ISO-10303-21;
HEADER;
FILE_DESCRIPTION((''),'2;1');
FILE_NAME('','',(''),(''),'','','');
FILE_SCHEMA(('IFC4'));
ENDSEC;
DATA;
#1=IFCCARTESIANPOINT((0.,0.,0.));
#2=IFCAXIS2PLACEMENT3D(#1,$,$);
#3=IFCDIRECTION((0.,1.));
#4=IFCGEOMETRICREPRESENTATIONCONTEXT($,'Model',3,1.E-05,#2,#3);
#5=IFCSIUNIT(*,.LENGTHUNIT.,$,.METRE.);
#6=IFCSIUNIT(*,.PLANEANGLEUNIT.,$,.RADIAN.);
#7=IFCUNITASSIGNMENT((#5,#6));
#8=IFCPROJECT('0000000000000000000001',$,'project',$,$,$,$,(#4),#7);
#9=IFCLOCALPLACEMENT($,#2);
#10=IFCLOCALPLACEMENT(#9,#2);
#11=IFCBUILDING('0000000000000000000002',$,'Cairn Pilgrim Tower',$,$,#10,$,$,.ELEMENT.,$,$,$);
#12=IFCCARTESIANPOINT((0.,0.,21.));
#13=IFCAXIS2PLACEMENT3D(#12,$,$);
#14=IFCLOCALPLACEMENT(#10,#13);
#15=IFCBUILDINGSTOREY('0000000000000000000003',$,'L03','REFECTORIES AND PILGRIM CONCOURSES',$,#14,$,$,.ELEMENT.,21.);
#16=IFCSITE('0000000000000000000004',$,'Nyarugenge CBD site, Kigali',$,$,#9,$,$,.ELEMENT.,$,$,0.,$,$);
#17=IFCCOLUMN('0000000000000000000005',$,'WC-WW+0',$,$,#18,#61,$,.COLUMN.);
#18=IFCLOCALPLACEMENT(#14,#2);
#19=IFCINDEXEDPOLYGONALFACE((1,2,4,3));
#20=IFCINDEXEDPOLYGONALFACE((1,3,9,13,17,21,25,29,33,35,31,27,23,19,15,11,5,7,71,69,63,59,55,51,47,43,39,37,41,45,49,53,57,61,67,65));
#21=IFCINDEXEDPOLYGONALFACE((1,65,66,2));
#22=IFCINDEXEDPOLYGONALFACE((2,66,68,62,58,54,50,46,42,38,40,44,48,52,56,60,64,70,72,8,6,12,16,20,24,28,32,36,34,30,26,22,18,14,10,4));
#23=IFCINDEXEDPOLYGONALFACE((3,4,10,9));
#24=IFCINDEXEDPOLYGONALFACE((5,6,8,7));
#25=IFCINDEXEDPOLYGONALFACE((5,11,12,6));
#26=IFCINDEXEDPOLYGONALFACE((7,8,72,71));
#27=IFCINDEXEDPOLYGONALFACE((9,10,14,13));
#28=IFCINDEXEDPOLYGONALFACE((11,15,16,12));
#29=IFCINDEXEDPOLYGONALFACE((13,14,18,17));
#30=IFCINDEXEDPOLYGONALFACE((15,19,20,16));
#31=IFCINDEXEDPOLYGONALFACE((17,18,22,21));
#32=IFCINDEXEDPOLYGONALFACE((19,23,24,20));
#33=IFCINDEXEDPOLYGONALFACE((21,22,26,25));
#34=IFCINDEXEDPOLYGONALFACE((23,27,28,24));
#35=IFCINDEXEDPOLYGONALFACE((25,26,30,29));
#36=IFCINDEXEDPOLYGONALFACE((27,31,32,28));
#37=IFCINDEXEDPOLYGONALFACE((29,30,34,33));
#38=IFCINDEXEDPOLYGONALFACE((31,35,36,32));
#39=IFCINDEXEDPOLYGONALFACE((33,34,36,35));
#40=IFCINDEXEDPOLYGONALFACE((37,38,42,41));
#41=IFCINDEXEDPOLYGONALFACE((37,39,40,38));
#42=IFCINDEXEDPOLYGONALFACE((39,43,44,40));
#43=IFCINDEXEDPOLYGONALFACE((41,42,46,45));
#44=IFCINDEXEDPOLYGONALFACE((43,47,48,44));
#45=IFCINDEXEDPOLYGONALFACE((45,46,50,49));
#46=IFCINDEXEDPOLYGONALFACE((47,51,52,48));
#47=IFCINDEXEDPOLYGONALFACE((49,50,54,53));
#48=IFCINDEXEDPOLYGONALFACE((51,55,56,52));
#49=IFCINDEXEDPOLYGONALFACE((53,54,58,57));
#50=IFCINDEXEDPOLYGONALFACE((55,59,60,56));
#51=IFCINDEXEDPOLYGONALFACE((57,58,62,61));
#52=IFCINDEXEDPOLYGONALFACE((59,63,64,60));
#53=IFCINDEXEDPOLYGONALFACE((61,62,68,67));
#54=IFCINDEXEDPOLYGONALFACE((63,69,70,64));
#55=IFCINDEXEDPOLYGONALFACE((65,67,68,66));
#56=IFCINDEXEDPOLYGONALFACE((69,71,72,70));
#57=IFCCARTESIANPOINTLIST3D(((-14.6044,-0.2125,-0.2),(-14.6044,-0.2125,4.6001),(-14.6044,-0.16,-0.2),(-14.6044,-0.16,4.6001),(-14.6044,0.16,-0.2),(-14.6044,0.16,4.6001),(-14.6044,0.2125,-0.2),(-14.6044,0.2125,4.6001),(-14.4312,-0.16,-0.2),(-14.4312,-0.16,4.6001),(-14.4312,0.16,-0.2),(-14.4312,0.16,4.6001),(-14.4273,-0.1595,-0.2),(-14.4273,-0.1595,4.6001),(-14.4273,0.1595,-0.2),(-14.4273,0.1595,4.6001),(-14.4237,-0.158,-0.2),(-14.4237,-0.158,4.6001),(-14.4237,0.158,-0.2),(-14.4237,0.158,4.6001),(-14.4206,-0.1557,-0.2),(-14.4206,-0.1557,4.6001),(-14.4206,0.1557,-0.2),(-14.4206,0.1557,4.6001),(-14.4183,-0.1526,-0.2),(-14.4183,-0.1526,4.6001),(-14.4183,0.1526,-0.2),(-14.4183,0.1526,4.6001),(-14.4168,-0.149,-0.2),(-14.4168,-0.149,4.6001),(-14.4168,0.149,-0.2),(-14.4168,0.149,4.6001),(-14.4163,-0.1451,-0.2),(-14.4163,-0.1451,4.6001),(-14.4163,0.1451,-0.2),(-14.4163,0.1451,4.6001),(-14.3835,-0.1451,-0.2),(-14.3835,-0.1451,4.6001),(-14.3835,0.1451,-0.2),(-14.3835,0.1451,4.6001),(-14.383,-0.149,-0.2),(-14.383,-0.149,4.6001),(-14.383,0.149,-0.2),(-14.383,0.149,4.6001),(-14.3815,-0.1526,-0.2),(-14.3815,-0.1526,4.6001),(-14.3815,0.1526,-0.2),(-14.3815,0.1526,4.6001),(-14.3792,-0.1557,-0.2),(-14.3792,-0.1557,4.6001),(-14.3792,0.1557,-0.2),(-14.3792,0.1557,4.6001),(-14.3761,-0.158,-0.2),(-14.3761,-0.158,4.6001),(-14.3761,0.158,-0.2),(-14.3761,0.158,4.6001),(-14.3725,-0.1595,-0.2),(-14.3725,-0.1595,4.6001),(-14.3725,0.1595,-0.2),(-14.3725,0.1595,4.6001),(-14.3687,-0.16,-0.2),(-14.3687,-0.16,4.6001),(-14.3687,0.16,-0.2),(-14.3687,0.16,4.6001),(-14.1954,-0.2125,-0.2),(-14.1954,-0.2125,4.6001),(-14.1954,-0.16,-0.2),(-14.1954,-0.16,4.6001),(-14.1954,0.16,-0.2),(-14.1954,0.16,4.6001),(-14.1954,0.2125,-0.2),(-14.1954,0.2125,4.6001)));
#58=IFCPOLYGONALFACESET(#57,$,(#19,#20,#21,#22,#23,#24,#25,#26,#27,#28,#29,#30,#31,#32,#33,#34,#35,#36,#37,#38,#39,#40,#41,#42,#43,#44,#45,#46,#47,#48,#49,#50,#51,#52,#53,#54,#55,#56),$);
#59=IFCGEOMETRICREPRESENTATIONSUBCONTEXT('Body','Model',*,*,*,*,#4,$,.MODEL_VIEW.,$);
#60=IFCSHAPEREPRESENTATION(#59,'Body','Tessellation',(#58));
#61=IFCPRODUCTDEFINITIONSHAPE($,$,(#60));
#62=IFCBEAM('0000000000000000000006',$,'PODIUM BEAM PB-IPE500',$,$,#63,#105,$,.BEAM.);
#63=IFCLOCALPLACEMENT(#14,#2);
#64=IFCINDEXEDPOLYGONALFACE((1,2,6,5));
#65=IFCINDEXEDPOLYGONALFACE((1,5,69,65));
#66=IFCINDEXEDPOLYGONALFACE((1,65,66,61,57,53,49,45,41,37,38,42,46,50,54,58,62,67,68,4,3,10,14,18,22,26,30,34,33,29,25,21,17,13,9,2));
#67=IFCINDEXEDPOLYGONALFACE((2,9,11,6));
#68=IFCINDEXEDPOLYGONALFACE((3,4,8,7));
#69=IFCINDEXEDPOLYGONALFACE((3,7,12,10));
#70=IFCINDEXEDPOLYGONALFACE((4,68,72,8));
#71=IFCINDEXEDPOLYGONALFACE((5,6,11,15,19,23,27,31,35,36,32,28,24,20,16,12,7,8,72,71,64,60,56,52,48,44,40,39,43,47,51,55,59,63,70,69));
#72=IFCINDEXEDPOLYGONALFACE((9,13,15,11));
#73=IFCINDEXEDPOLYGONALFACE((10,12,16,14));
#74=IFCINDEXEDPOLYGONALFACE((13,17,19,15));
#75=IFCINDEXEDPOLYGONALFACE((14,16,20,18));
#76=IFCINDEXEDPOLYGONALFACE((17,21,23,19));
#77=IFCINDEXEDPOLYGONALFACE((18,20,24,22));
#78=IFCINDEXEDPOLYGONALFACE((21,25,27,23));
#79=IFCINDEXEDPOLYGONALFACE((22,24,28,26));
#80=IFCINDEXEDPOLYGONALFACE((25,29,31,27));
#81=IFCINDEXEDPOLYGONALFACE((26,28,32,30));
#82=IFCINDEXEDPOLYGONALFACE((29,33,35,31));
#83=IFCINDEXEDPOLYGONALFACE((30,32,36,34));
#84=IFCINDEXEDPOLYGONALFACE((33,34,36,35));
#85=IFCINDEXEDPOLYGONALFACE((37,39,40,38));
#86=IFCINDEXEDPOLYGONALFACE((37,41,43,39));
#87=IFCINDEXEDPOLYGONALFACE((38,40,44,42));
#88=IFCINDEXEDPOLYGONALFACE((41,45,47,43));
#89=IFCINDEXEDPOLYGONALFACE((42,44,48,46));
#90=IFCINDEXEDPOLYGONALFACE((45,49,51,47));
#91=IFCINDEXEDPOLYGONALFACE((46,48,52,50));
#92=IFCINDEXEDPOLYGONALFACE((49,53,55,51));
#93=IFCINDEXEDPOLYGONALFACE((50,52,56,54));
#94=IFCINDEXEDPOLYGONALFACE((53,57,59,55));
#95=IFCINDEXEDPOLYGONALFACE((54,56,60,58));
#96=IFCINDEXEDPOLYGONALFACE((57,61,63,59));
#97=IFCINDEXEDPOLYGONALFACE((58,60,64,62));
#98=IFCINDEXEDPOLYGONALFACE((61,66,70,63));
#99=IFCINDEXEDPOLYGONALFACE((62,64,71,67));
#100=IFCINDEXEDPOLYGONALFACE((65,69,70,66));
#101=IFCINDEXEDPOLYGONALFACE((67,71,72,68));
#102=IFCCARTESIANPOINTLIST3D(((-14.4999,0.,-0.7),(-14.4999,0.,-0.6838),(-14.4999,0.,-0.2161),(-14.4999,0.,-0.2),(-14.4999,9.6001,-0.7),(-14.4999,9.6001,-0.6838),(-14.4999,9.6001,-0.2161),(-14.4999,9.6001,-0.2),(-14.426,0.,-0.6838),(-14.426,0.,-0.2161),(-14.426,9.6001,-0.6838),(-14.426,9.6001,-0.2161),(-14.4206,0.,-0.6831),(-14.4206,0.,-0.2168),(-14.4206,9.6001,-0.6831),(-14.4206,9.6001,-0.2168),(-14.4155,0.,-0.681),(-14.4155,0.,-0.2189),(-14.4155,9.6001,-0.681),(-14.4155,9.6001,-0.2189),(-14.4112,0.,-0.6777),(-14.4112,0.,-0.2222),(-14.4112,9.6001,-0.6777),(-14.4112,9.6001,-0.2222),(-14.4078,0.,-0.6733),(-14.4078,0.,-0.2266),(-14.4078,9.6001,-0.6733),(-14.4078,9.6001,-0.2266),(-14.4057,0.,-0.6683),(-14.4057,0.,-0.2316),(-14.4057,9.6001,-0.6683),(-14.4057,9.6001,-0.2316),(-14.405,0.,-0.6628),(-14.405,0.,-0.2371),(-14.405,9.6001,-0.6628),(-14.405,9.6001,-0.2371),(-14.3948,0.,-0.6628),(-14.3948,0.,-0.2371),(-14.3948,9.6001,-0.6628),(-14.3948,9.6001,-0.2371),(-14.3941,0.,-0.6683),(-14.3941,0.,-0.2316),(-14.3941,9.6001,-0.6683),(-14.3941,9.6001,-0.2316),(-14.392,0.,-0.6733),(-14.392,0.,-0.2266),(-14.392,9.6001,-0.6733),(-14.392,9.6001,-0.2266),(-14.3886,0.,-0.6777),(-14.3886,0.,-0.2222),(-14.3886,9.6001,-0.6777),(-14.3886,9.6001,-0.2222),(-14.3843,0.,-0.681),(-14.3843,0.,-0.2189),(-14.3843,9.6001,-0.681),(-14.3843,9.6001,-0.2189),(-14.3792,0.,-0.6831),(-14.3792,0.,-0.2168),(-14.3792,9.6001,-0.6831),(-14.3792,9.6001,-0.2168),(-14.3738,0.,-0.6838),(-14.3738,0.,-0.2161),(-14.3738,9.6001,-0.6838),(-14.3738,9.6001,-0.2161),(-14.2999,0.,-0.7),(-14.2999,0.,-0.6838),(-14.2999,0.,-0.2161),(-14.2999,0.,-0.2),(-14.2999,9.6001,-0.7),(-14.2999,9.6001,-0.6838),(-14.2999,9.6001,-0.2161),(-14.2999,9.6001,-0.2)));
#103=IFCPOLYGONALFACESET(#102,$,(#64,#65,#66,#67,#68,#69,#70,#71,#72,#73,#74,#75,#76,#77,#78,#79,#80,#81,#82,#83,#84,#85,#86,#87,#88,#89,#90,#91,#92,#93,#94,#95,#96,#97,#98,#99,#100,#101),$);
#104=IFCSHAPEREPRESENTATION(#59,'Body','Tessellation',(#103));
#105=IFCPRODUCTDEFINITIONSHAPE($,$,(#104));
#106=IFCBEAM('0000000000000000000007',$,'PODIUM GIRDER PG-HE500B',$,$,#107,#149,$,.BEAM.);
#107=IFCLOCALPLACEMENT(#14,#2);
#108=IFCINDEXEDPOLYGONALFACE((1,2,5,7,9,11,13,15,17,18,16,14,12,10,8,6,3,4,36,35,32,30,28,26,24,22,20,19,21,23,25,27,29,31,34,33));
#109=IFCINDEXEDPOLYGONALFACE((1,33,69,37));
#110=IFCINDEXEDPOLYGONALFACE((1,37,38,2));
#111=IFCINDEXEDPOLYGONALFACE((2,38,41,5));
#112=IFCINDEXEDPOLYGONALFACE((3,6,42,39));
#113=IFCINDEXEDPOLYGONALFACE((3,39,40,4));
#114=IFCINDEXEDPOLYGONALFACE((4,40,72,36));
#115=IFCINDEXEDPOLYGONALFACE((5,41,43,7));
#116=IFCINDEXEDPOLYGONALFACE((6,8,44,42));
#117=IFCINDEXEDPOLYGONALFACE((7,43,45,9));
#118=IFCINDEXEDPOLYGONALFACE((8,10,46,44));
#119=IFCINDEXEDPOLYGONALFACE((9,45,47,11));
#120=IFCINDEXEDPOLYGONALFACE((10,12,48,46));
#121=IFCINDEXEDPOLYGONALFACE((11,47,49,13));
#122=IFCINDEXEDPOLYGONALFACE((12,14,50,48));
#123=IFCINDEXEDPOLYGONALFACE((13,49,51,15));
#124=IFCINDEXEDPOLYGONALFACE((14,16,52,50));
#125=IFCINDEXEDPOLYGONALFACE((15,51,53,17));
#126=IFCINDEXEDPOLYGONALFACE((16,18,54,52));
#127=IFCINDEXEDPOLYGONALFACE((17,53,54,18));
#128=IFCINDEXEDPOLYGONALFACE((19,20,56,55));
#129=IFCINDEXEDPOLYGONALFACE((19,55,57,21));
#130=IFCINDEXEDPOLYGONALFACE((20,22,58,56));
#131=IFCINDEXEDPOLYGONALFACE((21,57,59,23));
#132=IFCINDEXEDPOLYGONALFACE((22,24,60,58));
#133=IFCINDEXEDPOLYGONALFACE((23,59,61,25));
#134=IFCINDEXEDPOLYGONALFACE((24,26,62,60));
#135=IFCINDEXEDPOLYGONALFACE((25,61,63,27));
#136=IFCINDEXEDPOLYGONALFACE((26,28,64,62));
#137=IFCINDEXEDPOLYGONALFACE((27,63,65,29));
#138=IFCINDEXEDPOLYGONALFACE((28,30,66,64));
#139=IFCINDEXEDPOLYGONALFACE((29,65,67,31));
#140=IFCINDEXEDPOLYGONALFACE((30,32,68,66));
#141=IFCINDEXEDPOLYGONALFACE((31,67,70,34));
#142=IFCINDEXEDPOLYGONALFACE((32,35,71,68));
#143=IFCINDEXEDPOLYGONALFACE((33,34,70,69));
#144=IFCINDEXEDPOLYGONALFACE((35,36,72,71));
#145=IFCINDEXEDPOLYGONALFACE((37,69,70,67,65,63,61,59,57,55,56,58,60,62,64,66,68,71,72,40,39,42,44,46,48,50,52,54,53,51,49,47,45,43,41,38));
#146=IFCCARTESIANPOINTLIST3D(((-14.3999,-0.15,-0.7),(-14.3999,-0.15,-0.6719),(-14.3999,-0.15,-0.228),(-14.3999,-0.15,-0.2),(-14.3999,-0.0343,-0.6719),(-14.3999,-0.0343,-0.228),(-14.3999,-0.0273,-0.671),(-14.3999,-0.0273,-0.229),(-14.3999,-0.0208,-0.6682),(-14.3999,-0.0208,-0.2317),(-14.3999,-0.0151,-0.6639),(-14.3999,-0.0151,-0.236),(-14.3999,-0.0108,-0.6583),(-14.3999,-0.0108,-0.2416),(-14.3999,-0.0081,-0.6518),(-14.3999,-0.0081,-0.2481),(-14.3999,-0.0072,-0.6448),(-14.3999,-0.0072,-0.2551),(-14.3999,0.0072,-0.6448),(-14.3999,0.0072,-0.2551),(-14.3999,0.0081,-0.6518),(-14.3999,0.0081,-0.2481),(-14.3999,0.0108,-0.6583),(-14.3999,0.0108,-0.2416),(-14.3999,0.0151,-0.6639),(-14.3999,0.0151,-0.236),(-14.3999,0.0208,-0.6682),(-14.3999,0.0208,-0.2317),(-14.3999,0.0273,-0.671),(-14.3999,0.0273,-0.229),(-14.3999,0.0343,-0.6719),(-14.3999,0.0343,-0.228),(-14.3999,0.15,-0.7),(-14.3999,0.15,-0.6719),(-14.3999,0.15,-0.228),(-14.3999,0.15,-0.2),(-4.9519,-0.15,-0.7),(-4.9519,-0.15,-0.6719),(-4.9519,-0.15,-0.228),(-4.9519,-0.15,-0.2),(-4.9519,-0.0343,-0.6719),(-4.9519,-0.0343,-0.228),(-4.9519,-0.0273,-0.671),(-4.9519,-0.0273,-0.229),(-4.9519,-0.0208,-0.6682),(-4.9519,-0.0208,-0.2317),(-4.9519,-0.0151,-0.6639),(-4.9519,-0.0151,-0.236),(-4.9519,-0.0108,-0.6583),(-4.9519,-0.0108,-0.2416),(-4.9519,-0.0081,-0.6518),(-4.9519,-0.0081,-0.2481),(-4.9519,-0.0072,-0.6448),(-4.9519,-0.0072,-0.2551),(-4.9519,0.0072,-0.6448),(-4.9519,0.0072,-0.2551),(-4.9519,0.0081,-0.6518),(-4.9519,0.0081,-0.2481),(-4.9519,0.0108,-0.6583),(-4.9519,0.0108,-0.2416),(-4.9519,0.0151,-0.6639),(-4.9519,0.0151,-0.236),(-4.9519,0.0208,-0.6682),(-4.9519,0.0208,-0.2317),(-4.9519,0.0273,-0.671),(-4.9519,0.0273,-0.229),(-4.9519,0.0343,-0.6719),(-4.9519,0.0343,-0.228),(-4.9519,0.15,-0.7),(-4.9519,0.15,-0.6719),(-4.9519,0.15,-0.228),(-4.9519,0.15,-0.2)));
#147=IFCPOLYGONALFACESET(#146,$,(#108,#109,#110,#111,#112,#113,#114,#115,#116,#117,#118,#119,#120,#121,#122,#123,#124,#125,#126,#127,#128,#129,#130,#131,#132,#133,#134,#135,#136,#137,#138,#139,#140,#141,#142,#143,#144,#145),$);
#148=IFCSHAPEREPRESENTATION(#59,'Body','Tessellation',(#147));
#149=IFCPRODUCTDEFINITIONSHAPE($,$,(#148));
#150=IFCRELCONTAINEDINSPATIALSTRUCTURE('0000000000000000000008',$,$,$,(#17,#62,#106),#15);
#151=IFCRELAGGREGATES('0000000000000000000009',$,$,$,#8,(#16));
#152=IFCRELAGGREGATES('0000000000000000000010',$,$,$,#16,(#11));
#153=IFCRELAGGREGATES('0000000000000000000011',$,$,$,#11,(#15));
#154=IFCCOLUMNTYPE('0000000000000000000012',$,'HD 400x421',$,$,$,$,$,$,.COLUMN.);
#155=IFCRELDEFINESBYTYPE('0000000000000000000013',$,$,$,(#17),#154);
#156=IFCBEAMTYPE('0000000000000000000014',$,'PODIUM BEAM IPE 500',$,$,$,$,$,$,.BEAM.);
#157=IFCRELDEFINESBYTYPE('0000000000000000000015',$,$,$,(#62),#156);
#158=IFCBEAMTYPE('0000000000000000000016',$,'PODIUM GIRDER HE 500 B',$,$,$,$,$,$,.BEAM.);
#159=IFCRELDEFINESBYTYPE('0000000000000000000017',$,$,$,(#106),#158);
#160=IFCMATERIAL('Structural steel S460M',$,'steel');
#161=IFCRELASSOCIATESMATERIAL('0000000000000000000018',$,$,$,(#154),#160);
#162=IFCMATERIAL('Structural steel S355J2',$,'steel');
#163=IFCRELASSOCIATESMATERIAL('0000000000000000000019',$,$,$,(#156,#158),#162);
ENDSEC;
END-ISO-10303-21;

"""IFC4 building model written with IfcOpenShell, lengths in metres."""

from ifc_helpers import new_model, si_unit, direction, frame, origin, origin_2d, place, context, subcontext, project, spatial, i_section, extrude, material, material_profile, profile_set, type_object, element, save


model = new_model("IFC4")

# Units and contexts
model_context = context("Model", 3, precision=1e-05, world=origin(), true_north=direction((0.0, 1.0)))
body_context = subcontext(model_context, "Body", "Model", "MODEL_VIEW")
ifc_project = project(units=[si_unit("LENGTHUNIT", "METRE"), si_unit("PLANEANGLEUNIT", "RADIAN")], contexts=[model_context])

# Site, building, storey
site_placement = place(None, origin())
site = spatial("IfcSite", under=ifc_project, at=site_placement, Name="Nyarugenge CBD site, Kigali", CompositionType="ELEMENT", RefElevation=0.0)
building_placement = place(site_placement, origin())
building = spatial("IfcBuilding", under=site, at=building_placement, Name="Cairn Pilgrim Tower", CompositionType="ELEMENT")
storey_placement = place(building_placement, frame((0.0, 0.0, 21.0)))
storey = spatial("IfcBuildingStorey", under=building, at=storey_placement, Name="L03", Description="REFECTORIES AND PILGRIM CONCOURSES", CompositionType="ELEMENT", Elevation=21.0)

# Column
ifc_material_1 = material(Name="Structural steel S460M", Category="steel")
ifc_material_profile_1 = material_profile(ifc_material_1, i_section(OverallWidth=0.4089, OverallDepth=0.425, WebThickness=0.0327, FlangeThickness=0.0525, FilletRadius=0.0149, at=origin_2d()), Name="HD 400x421")
ifc_profile_set_1 = profile_set([ifc_material_profile_1], Name="Structural steel S460M")
column_type = type_object("IfcColumnType", Name="HD 400x421", PredefinedType="COLUMN", material=ifc_profile_set_1)
column_placement = place(storey_placement, frame((-14.3999, 0.0, -0.2), z_axis=(0.0, 0.0, 1.0), x_axis=(1.0, 0.0, 0.0)))
element("IfcColumn", 1, at=column_placement, inside=storey, type_object=column_type, Name="WC-WW+0", PredefinedType="COLUMN", context=body_context, shape_type="SweptSolid", body=[
    extrude(i_section(OverallWidth=0.4089, OverallDepth=0.425, WebThickness=0.0327, FlangeThickness=0.0525, FilletRadius=0.0149, at=origin_2d()), origin(), (0.0, 0.0, 1.0), 4.8),
])

# Beams
ifc_material_2 = material(Name="Structural steel S355J2", Category="steel")
ifc_material_profile_2 = material_profile(ifc_material_2, i_section(OverallWidth=0.2, OverallDepth=0.5, WebThickness=0.0103, FlangeThickness=0.0161, FilletRadius=0.021, at=origin_2d()), Name="IPE 500")
ifc_profile_set_2 = profile_set([ifc_material_profile_2], Name="Structural steel S355J2")
beam_type_1 = type_object("IfcBeamType", Name="PODIUM BEAM IPE 500", PredefinedType="BEAM", material=ifc_profile_set_2)
beam_1_placement = place(storey_placement, frame((-14.3999, 0.0, -0.45), z_axis=(0.0, 1.0, 0.0), x_axis=(-1.0, 0.0, 0.0)))
element("IfcBeam", 2, at=beam_1_placement, inside=storey, type_object=beam_type_1, Name="PODIUM BEAM PB-IPE500", PredefinedType="BEAM", context=body_context, shape_type="SweptSolid", body=[
    extrude(i_section(OverallWidth=0.2, OverallDepth=0.5, WebThickness=0.0103, FlangeThickness=0.0161, FilletRadius=0.021, at=origin_2d()), origin(), (0.0, 0.0, 1.0), 9.6001),
])
ifc_material_profile_3 = material_profile(ifc_material_2, i_section(OverallWidth=0.3, OverallDepth=0.5, WebThickness=0.0144, FlangeThickness=0.0281, FilletRadius=0.0271, at=origin_2d()), Name="HEB 500")
ifc_profile_set_3 = profile_set([ifc_material_profile_3], Name="Structural steel S355J2")
beam_type_2 = type_object("IfcBeamType", Name="PODIUM GIRDER HE 500 B", PredefinedType="BEAM", material=ifc_profile_set_3)
beam_2_placement = place(storey_placement, frame((-14.3999, 0.0, -0.45), z_axis=(1.0, 0.0, 0.0), x_axis=(0.0, 1.0, 0.0)))
element("IfcBeam", 3, at=beam_2_placement, inside=storey, type_object=beam_type_2, Name="PODIUM GIRDER PG-HE500B", PredefinedType="BEAM", context=body_context, shape_type="SweptSolid", body=[
    extrude(i_section(OverallWidth=0.3, OverallDepth=0.5, WebThickness=0.0144, FlangeThickness=0.0281, FilletRadius=0.0271, at=origin_2d()), origin(), (0.0, 0.0, 1.0), 9.448),
])

save(model, "model.ifc")
